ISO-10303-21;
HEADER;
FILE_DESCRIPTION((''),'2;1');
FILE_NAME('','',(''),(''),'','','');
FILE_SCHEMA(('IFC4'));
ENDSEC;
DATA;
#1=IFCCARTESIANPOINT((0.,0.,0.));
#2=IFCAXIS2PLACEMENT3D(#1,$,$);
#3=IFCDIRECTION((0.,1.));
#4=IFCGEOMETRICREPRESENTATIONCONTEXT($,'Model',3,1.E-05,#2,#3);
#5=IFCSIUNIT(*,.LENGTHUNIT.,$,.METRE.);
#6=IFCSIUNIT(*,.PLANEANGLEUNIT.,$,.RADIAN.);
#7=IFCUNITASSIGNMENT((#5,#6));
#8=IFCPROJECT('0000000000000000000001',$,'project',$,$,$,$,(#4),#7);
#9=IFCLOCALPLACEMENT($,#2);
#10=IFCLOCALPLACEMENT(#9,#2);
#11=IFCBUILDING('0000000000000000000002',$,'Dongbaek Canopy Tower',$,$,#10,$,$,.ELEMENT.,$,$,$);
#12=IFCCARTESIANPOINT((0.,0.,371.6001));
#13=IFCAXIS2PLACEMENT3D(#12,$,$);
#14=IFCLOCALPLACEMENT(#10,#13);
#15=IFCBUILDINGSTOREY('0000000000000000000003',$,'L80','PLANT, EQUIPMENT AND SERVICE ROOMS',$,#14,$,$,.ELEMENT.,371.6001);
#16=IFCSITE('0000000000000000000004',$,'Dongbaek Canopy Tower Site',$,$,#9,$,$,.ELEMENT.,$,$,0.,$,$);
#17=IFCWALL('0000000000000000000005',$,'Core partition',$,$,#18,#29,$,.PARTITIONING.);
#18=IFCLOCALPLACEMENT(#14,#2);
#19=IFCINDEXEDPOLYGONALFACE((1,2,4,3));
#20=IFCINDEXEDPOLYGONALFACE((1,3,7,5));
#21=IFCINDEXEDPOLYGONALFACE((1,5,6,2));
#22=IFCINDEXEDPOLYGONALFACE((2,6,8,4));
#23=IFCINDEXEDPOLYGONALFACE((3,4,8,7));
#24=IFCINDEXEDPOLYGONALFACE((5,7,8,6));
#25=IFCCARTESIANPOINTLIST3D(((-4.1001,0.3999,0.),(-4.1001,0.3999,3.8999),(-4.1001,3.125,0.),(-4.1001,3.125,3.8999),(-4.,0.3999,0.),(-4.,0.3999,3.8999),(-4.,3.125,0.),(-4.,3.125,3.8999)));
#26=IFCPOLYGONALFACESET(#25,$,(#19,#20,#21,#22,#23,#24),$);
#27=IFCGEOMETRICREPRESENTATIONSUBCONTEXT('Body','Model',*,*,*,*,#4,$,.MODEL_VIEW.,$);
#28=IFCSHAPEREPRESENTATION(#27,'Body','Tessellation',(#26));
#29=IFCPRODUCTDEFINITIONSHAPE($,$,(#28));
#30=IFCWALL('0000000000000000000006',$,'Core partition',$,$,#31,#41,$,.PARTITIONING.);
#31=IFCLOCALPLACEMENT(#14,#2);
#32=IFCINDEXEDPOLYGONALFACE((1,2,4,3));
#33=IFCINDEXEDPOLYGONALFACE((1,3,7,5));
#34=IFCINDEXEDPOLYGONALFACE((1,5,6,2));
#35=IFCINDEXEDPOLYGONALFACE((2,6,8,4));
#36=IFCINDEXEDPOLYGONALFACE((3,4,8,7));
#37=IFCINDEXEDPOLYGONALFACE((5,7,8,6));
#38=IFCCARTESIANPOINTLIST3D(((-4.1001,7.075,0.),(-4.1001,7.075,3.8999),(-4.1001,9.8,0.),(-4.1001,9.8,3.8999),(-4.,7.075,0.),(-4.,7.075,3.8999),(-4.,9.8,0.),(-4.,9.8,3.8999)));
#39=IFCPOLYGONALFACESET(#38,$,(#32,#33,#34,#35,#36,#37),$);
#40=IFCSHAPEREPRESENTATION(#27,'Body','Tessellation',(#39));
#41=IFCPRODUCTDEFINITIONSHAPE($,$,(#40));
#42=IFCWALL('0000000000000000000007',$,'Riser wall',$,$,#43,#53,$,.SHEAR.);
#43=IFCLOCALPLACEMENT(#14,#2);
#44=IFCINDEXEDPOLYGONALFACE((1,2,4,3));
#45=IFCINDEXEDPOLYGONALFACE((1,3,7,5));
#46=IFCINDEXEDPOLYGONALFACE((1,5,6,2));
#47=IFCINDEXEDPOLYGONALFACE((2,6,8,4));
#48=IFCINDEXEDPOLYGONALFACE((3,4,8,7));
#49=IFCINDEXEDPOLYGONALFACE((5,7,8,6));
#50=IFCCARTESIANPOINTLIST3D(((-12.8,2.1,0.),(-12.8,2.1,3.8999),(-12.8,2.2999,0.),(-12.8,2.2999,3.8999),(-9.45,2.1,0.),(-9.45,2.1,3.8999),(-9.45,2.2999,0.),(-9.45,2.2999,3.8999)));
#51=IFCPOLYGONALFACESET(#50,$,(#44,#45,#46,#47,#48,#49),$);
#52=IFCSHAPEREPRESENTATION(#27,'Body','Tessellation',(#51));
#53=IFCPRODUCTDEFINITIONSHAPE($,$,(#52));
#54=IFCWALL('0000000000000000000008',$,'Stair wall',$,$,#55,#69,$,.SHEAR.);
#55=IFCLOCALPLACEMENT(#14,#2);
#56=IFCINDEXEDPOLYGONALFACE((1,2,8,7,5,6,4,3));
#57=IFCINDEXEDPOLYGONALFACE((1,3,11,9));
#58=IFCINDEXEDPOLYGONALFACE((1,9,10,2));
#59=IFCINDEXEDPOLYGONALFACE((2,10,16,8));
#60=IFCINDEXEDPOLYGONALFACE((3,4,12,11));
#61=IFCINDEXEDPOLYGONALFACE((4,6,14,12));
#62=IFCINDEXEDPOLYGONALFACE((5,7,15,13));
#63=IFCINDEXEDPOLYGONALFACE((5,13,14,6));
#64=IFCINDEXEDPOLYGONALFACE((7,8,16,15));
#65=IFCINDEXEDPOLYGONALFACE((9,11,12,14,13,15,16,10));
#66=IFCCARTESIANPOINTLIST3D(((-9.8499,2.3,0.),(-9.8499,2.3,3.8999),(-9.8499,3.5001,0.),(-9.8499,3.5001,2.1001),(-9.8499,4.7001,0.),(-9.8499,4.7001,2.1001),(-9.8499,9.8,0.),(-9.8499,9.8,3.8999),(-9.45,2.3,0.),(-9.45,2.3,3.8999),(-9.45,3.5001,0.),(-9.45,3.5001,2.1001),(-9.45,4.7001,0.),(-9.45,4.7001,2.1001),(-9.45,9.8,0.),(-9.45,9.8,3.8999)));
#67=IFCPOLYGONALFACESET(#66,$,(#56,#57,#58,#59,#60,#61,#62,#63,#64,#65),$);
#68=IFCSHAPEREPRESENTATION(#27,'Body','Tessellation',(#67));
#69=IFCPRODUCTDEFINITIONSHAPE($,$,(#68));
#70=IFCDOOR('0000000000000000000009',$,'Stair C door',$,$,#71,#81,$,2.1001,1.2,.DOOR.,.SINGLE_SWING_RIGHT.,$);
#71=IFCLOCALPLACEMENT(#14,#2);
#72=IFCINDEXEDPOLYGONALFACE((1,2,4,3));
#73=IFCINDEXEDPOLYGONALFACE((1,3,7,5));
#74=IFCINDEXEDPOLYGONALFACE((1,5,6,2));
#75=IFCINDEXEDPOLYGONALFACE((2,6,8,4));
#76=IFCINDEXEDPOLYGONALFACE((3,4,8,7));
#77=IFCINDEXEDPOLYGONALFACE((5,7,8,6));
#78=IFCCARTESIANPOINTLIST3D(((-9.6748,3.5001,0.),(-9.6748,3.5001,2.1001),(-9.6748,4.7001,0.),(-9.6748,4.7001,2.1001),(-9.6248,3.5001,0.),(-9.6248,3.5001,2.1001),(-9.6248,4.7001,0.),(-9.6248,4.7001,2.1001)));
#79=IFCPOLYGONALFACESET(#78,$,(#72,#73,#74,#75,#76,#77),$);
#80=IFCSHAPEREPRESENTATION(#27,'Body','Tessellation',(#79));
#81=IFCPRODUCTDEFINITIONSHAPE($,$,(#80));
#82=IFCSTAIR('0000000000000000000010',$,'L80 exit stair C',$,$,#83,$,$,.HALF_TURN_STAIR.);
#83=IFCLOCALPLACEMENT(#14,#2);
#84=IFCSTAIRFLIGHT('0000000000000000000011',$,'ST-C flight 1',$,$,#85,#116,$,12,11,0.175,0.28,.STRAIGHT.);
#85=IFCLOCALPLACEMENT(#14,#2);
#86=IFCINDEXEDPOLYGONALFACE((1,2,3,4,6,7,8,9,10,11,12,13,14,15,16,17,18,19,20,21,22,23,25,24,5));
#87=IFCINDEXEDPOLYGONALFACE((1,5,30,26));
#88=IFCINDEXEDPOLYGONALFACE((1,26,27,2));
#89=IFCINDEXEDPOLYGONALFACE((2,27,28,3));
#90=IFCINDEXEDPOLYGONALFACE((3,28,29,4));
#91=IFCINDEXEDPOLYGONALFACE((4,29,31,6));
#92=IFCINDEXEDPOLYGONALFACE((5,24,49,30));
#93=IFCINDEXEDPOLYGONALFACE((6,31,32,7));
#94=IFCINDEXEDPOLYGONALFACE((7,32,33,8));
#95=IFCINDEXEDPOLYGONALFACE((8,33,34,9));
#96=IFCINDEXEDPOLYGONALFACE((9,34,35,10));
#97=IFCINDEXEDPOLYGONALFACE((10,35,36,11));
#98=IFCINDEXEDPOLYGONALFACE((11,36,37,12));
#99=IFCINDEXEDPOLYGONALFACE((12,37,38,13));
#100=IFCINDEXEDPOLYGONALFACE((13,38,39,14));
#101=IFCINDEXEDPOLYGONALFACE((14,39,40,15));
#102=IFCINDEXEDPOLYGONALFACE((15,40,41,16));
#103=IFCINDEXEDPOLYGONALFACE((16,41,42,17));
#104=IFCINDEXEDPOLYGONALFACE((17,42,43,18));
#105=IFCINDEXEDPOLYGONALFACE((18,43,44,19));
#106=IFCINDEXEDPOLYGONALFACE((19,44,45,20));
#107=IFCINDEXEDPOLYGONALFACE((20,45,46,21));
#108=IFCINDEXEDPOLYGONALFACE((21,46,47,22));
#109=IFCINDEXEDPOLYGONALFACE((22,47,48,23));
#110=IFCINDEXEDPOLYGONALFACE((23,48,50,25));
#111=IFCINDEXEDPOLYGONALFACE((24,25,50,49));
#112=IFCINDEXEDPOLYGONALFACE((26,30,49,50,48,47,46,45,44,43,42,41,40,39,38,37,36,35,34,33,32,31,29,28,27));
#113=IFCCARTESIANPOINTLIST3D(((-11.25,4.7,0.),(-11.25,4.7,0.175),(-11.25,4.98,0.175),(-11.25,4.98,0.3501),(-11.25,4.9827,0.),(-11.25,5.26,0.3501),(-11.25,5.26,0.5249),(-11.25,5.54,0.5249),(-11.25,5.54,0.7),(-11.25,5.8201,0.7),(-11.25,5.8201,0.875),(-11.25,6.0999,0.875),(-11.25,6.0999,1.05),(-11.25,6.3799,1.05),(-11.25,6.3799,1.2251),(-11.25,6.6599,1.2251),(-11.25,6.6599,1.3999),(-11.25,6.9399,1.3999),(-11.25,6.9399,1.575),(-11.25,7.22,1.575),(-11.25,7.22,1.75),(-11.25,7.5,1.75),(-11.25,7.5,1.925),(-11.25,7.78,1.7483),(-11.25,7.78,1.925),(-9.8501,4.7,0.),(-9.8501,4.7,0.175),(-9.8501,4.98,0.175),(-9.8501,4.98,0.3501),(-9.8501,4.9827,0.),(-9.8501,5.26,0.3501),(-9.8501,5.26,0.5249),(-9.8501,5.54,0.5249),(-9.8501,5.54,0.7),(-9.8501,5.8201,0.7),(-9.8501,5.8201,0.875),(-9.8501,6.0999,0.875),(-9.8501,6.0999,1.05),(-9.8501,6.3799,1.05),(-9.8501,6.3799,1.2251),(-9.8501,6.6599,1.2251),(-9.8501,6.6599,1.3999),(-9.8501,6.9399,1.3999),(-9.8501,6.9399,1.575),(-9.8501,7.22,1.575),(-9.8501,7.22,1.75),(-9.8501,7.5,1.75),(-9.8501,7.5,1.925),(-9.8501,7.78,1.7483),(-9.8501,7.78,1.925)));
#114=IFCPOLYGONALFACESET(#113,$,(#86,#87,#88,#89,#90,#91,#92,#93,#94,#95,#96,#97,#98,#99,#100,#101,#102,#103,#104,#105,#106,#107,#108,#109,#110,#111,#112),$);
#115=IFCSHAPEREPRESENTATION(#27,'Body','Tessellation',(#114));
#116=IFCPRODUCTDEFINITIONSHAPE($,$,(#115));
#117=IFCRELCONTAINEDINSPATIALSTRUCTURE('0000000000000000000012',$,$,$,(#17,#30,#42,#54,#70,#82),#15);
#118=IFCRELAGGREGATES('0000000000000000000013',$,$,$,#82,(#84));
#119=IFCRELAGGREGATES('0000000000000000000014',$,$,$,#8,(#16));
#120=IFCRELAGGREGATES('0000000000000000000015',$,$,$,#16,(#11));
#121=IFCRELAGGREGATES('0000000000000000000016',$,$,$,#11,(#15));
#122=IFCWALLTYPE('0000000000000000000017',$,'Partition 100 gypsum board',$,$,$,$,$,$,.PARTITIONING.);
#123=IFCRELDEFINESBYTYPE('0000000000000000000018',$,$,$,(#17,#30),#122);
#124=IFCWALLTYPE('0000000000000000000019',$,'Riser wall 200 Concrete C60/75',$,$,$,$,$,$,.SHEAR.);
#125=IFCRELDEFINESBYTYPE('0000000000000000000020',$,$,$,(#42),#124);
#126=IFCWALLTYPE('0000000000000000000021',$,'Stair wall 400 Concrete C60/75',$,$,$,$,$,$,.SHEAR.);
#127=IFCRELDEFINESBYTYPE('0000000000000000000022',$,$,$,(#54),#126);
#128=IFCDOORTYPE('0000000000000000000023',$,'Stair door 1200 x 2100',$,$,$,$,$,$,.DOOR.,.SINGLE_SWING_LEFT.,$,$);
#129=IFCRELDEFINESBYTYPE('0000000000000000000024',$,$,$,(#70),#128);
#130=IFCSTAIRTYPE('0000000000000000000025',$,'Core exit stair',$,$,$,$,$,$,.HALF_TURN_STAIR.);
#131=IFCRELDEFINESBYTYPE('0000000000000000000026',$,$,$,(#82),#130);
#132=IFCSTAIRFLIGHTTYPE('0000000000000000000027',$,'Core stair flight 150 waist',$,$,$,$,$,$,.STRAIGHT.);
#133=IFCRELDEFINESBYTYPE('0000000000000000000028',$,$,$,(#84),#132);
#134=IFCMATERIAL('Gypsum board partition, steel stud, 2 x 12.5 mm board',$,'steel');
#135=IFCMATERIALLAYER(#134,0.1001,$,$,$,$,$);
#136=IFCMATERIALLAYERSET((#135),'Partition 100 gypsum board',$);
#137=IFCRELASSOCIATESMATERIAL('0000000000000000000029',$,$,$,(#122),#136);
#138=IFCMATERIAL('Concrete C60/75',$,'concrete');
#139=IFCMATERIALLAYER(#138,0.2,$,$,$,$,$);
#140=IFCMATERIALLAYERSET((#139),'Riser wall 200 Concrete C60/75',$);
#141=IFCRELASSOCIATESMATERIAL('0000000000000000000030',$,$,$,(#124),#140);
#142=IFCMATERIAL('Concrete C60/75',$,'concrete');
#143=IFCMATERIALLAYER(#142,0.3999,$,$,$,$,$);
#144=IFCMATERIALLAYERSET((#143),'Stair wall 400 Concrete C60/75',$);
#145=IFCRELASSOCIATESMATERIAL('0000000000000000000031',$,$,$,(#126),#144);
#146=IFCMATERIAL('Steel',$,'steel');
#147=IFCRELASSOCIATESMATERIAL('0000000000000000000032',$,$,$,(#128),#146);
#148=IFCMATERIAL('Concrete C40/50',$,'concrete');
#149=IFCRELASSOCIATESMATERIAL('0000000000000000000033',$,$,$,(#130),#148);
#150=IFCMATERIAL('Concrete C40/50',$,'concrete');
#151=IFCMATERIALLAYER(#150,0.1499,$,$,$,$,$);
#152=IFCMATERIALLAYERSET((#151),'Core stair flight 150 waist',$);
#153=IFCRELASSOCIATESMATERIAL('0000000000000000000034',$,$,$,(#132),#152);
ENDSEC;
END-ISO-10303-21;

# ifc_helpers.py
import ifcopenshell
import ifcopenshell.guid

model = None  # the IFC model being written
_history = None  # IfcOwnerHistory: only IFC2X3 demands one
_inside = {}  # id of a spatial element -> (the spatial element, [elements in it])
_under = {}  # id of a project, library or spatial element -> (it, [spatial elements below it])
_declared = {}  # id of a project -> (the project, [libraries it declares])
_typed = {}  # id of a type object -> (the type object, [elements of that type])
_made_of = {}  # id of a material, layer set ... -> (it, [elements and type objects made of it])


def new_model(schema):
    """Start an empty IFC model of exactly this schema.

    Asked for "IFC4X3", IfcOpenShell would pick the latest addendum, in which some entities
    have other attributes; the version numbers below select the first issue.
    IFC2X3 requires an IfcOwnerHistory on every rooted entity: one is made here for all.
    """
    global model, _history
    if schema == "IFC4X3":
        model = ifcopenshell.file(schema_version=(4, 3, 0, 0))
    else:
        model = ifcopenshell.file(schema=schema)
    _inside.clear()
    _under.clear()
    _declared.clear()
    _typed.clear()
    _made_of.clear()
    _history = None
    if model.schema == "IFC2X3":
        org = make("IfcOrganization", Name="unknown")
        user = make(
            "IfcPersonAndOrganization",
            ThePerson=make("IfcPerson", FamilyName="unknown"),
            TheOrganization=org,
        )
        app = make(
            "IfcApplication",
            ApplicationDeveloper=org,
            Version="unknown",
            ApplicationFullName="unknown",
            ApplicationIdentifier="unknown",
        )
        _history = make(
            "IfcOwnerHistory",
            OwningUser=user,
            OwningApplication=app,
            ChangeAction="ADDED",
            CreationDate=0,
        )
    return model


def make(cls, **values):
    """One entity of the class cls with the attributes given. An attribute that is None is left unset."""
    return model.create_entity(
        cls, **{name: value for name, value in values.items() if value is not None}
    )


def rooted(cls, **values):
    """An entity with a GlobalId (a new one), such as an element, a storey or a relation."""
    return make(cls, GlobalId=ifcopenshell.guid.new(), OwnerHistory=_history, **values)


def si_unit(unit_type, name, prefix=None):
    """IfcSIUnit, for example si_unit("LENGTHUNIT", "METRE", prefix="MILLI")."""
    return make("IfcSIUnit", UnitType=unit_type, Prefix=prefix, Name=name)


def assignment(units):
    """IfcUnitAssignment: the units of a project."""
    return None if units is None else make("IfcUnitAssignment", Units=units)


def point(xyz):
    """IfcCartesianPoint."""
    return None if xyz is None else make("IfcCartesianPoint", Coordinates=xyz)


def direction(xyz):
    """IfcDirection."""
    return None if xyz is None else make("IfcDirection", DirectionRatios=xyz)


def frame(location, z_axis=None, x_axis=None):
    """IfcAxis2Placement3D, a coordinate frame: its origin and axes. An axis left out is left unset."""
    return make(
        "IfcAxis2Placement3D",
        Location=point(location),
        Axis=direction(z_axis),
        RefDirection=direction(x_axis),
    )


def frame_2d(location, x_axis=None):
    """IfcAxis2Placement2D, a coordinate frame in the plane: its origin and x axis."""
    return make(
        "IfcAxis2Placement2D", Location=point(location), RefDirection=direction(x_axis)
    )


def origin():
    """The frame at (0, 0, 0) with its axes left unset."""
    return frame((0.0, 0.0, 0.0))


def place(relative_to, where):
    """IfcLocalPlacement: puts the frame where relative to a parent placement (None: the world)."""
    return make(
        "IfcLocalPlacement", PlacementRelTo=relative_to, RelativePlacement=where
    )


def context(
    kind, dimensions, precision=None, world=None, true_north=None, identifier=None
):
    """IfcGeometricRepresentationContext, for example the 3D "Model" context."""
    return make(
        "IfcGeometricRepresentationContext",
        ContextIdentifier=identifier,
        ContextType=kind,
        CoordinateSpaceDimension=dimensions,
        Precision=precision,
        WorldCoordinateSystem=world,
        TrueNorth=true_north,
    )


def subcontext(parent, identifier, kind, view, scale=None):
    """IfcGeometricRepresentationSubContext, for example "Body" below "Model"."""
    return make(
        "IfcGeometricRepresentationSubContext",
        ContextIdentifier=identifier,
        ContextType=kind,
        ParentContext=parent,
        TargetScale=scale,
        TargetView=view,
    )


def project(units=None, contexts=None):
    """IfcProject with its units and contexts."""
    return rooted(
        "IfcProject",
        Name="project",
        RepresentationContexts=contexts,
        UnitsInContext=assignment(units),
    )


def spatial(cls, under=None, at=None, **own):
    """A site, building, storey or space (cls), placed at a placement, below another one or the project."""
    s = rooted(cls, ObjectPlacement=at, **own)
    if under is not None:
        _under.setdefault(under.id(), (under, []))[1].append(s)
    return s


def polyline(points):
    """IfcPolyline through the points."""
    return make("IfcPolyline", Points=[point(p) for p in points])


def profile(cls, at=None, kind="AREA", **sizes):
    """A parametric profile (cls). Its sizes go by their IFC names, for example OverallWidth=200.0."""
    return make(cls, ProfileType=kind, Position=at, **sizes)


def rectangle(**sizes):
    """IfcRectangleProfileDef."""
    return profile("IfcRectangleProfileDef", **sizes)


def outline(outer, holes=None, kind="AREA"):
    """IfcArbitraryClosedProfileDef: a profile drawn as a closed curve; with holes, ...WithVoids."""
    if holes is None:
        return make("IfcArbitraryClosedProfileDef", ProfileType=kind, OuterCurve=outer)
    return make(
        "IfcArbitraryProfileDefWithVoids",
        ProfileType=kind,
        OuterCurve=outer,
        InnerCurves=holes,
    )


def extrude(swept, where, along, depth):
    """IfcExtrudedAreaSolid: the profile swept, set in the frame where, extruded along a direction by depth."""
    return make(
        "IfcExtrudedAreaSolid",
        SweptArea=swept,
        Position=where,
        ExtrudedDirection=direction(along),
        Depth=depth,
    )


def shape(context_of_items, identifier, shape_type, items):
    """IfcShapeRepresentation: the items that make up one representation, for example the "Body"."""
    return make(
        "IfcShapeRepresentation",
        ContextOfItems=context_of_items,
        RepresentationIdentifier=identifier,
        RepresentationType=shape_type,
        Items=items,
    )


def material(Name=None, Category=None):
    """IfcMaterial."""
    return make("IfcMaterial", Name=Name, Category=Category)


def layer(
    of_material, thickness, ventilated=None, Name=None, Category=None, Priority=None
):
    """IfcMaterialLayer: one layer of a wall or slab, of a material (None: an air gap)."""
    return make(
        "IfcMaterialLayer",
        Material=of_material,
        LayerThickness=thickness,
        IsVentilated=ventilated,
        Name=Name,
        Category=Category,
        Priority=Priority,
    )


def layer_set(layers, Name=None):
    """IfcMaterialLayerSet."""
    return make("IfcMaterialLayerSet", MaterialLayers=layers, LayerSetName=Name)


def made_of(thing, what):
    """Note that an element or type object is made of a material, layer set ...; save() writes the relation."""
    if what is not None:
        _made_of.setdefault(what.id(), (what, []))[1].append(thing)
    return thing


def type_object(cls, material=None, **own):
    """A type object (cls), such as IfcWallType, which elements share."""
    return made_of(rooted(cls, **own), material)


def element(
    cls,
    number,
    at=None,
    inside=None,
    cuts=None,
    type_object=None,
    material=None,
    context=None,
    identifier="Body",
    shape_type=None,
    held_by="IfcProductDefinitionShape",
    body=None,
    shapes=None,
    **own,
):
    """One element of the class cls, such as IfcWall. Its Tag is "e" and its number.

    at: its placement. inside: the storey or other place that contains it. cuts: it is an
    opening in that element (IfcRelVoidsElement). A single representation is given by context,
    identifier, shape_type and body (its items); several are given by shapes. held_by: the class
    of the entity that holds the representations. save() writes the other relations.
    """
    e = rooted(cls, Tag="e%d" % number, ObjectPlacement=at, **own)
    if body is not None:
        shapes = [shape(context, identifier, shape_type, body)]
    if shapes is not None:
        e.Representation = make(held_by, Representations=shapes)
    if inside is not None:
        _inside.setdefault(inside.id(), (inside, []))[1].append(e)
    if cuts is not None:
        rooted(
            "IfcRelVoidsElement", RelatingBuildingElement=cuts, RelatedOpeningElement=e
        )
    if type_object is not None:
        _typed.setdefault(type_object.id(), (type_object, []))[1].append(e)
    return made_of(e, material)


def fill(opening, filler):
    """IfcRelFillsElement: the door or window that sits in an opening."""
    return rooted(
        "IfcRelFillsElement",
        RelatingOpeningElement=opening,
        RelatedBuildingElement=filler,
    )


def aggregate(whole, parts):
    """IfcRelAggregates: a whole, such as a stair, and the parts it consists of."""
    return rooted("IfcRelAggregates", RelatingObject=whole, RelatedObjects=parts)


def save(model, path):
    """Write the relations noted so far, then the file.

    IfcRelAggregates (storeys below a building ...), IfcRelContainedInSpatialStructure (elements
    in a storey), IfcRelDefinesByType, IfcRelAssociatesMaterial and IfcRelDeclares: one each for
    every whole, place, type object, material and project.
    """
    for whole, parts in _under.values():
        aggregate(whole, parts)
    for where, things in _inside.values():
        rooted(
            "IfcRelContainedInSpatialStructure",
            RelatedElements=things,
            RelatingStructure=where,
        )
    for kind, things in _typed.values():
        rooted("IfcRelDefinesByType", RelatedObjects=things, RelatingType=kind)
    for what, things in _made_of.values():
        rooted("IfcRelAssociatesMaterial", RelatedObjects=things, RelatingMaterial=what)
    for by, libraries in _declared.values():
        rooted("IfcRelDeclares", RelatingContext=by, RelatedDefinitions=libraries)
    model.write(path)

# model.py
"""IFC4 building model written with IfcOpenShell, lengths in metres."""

from ifc_helpers import new_model, si_unit, direction, frame, frame_2d, origin, place, context, subcontext, project, spatial, polyline, rectangle, outline, extrude, material, layer, layer_set, type_object, element, fill, aggregate, save


model = new_model("IFC4")

# Units and contexts
model_context = context("Model", 3, precision=1e-05, world=origin(), true_north=direction((0.0, 1.0)))
body_context = subcontext(model_context, "Body", "Model", "MODEL_VIEW")
ifc_project = project(units=[si_unit("LENGTHUNIT", "METRE"), si_unit("PLANEANGLEUNIT", "RADIAN")], contexts=[model_context])

# Site, building, storey
site_placement = place(None, origin())
site = spatial("IfcSite", under=ifc_project, at=site_placement, Name="Dongbaek Canopy Tower Site", CompositionType="ELEMENT", RefElevation=0.0)
building_placement = place(site_placement, origin())
building = spatial("IfcBuilding", under=site, at=building_placement, Name="Dongbaek Canopy Tower", CompositionType="ELEMENT")
storey_placement = place(building_placement, frame((0.0, 0.0, 371.6001)))
storey = spatial("IfcBuildingStorey", under=building, at=storey_placement, Name="L80", Description="PLANT, EQUIPMENT AND SERVICE ROOMS", CompositionType="ELEMENT", Elevation=371.6001)

# Walls
ifc_material_1 = material(Name="Gypsum board partition, steel stud, 2 x 12.5 mm board", Category="steel")
ifc_layer_1 = layer(ifc_material_1, 0.1001)
ifc_layer_set_1 = layer_set([ifc_layer_1], Name="Partition 100 gypsum board")
wall_type_1 = type_object("IfcWallType", Name="Partition 100 gypsum board", PredefinedType="PARTITIONING", material=ifc_layer_set_1)
for number, where, z_axis, x_axis, name in (
    (1, (-4.05, 0.3999, 0.0), (0.0, 0.0, 1.0), (0.0, 1.0, 0.0), "Core partition"),
    (2, (-4.05, 7.075, 0.0), (0.0, 0.0, 1.0), (0.0, 1.0, 0.0), "Core partition"),
):
    element("IfcWall", number, at=place(storey_placement, frame(where, z_axis=z_axis, x_axis=x_axis)), inside=storey, type_object=wall_type_1, Name=name, PredefinedType="PARTITIONING", context=body_context, shape_type="SweptSolid", body=[
        extrude(rectangle(XDim=2.7251, YDim=0.1001, at=frame_2d((1.3625, 0.0))), origin(), (0.0, 0.0, 1.0), 3.8999),
    ])
ifc_material_2 = material(Name="Concrete C60/75", Category="concrete")
ifc_layer_2 = layer(ifc_material_2, 0.2)
ifc_layer_set_2 = layer_set([ifc_layer_2], Name="Riser wall 200 Concrete C60/75")
wall_type_2 = type_object("IfcWallType", Name="Riser wall 200 Concrete C60/75", PredefinedType="SHEAR", material=ifc_layer_set_2)
wall_1_placement = place(storey_placement, frame((-9.45, 2.2, 0.0), z_axis=(0.0, 0.0, 1.0), x_axis=(-1.0, 0.0, 0.0)))
element("IfcWall", 3, at=wall_1_placement, inside=storey, type_object=wall_type_2, Name="Riser wall", PredefinedType="SHEAR", context=body_context, shape_type="SweptSolid", body=[
    extrude(rectangle(XDim=3.3501, YDim=0.2, at=frame_2d((1.675, 0.0))), origin(), (0.0, 0.0, 1.0), 3.8999),
])

# Wall, opening, door
ifc_material_3 = material(Name="Concrete C60/75", Category="concrete")
ifc_layer_3 = layer(ifc_material_3, 0.3999)
ifc_layer_set_3 = layer_set([ifc_layer_3], Name="Stair wall 400 Concrete C60/75")
wall_type_3 = type_object("IfcWallType", Name="Stair wall 400 Concrete C60/75", PredefinedType="SHEAR", material=ifc_layer_set_3)
wall_2_placement = place(storey_placement, frame((-9.6499, 2.3, 0.0), z_axis=(0.0, 0.0, 1.0), x_axis=(0.0, 1.0, 0.0)))
wall_2 = element("IfcWall", 4, at=wall_2_placement, inside=storey, type_object=wall_type_3, Name="Stair wall", PredefinedType="SHEAR", context=body_context, shape_type="SweptSolid", body=[
    extrude(rectangle(XDim=7.5, YDim=0.3999, at=frame_2d((3.75, 0.0))), origin(), (0.0, 0.0, 1.0), 3.8999),
])
opening_1_placement = place(wall_2_placement, frame((1.2, 0.0, 0.0)))
opening_1 = element("IfcOpeningElement", 5, at=opening_1_placement, cuts=wall_2, PredefinedType="OPENING", context=body_context, shape_type="SweptSolid", body=[
    extrude(rectangle(XDim=1.2, YDim=2.1001, at=frame_2d((0.6001, 1.05))), frame((0.0, 0.21, 0.0), z_axis=(0.0, -1.0, 0.0), x_axis=(1.0, 0.0, 0.0)), (0.0, 0.0, 1.0), 0.4199),
])
ifc_material_4 = material(Name="Steel", Category="steel")
door_type_1 = type_object("IfcDoorType", Name="Stair door 1200 x 2100", OperationType="SINGLE_SWING_LEFT", PredefinedType="DOOR", material=ifc_material_4)
door_1_placement = place(opening_1_placement, origin())
door_1 = element("IfcDoor", 6, at=door_1_placement, inside=storey, type_object=door_type_1, Name="Stair C door", OperationType="SINGLE_SWING_RIGHT", OverallHeight=2.1001, OverallWidth=1.2, PredefinedType="DOOR", context=body_context, shape_type="SweptSolid", body=[
    extrude(rectangle(XDim=1.2, YDim=2.1001, at=frame_2d((0.6001, 1.05))), frame((0.0, 0.0249, 0.0), z_axis=(0.0, -1.0, 0.0), x_axis=(1.0, 0.0, 0.0)), (0.0, 0.0, 1.0), 0.05),
])
fill(opening_1, door_1)

# Stair, stair flight
ifc_material_5 = material(Name="Concrete C40/50", Category="concrete")
stair_type = type_object("IfcStairType", Name="Core exit stair", PredefinedType="HALF_TURN_STAIR", material=ifc_material_5)
stair_placement = place(storey_placement, origin())
stair = element("IfcStair", 7, at=stair_placement, inside=storey, type_object=stair_type, Name="L80 exit stair C", PredefinedType="HALF_TURN_STAIR")
ifc_material_6 = material(Name="Concrete C40/50", Category="concrete")
ifc_layer_4 = layer(ifc_material_6, 0.1499)
ifc_layer_set_4 = layer_set([ifc_layer_4], Name="Core stair flight 150 waist")
stair_flight_type = type_object("IfcStairFlightType", Name="Core stair flight 150 waist", PredefinedType="STRAIGHT", material=ifc_layer_set_4)
stair_flight_placement = place(storey_placement, frame((-10.55, 4.7, 0.0), z_axis=(0.0, 0.0, 1.0), x_axis=(0.0, 1.0, 0.0)))
stair_flight = element("IfcStairFlight", 8, at=stair_flight_placement, type_object=stair_flight_type, Name="ST-C flight 1", NumberOfRisers=12, NumberOfTreads=11, PredefinedType="STRAIGHT", RiserHeight=0.175, TreadLength=0.28, context=body_context, shape_type="SweptSolid", body=[
    extrude(outline(polyline([(0.0, 0.0), (0.0, 0.175), (0.28, 0.175), (0.28, 0.3501), (0.5601, 0.3501), (0.5601, 0.5249), (0.8401, 0.5249), (0.8401, 0.7), (1.1201, 0.7), (1.1201, 0.875), (1.3999, 0.875), (1.3999, 1.05), (1.6799, 1.05), (1.6799, 1.2251), (1.96, 1.2251), (1.96, 1.3999), (2.24, 1.3999), (2.24, 1.575), (2.52, 1.575), (2.52, 1.75), (2.8, 1.75), (2.8, 1.925), (3.0801, 1.925), (3.0801, 2.1001), (3.0801, 1.7483), (0.2827, 0.0), (0.0, 0.0)])), frame((0.0, 0.7, 0.0), z_axis=(0.0, -1.0, 0.0), x_axis=(1.0, 0.0, 0.0)), (0.0, 0.0, 1.0), 1.3999),
])
aggregate(stair, [stair_flight])

save(model, "model.ifc")
